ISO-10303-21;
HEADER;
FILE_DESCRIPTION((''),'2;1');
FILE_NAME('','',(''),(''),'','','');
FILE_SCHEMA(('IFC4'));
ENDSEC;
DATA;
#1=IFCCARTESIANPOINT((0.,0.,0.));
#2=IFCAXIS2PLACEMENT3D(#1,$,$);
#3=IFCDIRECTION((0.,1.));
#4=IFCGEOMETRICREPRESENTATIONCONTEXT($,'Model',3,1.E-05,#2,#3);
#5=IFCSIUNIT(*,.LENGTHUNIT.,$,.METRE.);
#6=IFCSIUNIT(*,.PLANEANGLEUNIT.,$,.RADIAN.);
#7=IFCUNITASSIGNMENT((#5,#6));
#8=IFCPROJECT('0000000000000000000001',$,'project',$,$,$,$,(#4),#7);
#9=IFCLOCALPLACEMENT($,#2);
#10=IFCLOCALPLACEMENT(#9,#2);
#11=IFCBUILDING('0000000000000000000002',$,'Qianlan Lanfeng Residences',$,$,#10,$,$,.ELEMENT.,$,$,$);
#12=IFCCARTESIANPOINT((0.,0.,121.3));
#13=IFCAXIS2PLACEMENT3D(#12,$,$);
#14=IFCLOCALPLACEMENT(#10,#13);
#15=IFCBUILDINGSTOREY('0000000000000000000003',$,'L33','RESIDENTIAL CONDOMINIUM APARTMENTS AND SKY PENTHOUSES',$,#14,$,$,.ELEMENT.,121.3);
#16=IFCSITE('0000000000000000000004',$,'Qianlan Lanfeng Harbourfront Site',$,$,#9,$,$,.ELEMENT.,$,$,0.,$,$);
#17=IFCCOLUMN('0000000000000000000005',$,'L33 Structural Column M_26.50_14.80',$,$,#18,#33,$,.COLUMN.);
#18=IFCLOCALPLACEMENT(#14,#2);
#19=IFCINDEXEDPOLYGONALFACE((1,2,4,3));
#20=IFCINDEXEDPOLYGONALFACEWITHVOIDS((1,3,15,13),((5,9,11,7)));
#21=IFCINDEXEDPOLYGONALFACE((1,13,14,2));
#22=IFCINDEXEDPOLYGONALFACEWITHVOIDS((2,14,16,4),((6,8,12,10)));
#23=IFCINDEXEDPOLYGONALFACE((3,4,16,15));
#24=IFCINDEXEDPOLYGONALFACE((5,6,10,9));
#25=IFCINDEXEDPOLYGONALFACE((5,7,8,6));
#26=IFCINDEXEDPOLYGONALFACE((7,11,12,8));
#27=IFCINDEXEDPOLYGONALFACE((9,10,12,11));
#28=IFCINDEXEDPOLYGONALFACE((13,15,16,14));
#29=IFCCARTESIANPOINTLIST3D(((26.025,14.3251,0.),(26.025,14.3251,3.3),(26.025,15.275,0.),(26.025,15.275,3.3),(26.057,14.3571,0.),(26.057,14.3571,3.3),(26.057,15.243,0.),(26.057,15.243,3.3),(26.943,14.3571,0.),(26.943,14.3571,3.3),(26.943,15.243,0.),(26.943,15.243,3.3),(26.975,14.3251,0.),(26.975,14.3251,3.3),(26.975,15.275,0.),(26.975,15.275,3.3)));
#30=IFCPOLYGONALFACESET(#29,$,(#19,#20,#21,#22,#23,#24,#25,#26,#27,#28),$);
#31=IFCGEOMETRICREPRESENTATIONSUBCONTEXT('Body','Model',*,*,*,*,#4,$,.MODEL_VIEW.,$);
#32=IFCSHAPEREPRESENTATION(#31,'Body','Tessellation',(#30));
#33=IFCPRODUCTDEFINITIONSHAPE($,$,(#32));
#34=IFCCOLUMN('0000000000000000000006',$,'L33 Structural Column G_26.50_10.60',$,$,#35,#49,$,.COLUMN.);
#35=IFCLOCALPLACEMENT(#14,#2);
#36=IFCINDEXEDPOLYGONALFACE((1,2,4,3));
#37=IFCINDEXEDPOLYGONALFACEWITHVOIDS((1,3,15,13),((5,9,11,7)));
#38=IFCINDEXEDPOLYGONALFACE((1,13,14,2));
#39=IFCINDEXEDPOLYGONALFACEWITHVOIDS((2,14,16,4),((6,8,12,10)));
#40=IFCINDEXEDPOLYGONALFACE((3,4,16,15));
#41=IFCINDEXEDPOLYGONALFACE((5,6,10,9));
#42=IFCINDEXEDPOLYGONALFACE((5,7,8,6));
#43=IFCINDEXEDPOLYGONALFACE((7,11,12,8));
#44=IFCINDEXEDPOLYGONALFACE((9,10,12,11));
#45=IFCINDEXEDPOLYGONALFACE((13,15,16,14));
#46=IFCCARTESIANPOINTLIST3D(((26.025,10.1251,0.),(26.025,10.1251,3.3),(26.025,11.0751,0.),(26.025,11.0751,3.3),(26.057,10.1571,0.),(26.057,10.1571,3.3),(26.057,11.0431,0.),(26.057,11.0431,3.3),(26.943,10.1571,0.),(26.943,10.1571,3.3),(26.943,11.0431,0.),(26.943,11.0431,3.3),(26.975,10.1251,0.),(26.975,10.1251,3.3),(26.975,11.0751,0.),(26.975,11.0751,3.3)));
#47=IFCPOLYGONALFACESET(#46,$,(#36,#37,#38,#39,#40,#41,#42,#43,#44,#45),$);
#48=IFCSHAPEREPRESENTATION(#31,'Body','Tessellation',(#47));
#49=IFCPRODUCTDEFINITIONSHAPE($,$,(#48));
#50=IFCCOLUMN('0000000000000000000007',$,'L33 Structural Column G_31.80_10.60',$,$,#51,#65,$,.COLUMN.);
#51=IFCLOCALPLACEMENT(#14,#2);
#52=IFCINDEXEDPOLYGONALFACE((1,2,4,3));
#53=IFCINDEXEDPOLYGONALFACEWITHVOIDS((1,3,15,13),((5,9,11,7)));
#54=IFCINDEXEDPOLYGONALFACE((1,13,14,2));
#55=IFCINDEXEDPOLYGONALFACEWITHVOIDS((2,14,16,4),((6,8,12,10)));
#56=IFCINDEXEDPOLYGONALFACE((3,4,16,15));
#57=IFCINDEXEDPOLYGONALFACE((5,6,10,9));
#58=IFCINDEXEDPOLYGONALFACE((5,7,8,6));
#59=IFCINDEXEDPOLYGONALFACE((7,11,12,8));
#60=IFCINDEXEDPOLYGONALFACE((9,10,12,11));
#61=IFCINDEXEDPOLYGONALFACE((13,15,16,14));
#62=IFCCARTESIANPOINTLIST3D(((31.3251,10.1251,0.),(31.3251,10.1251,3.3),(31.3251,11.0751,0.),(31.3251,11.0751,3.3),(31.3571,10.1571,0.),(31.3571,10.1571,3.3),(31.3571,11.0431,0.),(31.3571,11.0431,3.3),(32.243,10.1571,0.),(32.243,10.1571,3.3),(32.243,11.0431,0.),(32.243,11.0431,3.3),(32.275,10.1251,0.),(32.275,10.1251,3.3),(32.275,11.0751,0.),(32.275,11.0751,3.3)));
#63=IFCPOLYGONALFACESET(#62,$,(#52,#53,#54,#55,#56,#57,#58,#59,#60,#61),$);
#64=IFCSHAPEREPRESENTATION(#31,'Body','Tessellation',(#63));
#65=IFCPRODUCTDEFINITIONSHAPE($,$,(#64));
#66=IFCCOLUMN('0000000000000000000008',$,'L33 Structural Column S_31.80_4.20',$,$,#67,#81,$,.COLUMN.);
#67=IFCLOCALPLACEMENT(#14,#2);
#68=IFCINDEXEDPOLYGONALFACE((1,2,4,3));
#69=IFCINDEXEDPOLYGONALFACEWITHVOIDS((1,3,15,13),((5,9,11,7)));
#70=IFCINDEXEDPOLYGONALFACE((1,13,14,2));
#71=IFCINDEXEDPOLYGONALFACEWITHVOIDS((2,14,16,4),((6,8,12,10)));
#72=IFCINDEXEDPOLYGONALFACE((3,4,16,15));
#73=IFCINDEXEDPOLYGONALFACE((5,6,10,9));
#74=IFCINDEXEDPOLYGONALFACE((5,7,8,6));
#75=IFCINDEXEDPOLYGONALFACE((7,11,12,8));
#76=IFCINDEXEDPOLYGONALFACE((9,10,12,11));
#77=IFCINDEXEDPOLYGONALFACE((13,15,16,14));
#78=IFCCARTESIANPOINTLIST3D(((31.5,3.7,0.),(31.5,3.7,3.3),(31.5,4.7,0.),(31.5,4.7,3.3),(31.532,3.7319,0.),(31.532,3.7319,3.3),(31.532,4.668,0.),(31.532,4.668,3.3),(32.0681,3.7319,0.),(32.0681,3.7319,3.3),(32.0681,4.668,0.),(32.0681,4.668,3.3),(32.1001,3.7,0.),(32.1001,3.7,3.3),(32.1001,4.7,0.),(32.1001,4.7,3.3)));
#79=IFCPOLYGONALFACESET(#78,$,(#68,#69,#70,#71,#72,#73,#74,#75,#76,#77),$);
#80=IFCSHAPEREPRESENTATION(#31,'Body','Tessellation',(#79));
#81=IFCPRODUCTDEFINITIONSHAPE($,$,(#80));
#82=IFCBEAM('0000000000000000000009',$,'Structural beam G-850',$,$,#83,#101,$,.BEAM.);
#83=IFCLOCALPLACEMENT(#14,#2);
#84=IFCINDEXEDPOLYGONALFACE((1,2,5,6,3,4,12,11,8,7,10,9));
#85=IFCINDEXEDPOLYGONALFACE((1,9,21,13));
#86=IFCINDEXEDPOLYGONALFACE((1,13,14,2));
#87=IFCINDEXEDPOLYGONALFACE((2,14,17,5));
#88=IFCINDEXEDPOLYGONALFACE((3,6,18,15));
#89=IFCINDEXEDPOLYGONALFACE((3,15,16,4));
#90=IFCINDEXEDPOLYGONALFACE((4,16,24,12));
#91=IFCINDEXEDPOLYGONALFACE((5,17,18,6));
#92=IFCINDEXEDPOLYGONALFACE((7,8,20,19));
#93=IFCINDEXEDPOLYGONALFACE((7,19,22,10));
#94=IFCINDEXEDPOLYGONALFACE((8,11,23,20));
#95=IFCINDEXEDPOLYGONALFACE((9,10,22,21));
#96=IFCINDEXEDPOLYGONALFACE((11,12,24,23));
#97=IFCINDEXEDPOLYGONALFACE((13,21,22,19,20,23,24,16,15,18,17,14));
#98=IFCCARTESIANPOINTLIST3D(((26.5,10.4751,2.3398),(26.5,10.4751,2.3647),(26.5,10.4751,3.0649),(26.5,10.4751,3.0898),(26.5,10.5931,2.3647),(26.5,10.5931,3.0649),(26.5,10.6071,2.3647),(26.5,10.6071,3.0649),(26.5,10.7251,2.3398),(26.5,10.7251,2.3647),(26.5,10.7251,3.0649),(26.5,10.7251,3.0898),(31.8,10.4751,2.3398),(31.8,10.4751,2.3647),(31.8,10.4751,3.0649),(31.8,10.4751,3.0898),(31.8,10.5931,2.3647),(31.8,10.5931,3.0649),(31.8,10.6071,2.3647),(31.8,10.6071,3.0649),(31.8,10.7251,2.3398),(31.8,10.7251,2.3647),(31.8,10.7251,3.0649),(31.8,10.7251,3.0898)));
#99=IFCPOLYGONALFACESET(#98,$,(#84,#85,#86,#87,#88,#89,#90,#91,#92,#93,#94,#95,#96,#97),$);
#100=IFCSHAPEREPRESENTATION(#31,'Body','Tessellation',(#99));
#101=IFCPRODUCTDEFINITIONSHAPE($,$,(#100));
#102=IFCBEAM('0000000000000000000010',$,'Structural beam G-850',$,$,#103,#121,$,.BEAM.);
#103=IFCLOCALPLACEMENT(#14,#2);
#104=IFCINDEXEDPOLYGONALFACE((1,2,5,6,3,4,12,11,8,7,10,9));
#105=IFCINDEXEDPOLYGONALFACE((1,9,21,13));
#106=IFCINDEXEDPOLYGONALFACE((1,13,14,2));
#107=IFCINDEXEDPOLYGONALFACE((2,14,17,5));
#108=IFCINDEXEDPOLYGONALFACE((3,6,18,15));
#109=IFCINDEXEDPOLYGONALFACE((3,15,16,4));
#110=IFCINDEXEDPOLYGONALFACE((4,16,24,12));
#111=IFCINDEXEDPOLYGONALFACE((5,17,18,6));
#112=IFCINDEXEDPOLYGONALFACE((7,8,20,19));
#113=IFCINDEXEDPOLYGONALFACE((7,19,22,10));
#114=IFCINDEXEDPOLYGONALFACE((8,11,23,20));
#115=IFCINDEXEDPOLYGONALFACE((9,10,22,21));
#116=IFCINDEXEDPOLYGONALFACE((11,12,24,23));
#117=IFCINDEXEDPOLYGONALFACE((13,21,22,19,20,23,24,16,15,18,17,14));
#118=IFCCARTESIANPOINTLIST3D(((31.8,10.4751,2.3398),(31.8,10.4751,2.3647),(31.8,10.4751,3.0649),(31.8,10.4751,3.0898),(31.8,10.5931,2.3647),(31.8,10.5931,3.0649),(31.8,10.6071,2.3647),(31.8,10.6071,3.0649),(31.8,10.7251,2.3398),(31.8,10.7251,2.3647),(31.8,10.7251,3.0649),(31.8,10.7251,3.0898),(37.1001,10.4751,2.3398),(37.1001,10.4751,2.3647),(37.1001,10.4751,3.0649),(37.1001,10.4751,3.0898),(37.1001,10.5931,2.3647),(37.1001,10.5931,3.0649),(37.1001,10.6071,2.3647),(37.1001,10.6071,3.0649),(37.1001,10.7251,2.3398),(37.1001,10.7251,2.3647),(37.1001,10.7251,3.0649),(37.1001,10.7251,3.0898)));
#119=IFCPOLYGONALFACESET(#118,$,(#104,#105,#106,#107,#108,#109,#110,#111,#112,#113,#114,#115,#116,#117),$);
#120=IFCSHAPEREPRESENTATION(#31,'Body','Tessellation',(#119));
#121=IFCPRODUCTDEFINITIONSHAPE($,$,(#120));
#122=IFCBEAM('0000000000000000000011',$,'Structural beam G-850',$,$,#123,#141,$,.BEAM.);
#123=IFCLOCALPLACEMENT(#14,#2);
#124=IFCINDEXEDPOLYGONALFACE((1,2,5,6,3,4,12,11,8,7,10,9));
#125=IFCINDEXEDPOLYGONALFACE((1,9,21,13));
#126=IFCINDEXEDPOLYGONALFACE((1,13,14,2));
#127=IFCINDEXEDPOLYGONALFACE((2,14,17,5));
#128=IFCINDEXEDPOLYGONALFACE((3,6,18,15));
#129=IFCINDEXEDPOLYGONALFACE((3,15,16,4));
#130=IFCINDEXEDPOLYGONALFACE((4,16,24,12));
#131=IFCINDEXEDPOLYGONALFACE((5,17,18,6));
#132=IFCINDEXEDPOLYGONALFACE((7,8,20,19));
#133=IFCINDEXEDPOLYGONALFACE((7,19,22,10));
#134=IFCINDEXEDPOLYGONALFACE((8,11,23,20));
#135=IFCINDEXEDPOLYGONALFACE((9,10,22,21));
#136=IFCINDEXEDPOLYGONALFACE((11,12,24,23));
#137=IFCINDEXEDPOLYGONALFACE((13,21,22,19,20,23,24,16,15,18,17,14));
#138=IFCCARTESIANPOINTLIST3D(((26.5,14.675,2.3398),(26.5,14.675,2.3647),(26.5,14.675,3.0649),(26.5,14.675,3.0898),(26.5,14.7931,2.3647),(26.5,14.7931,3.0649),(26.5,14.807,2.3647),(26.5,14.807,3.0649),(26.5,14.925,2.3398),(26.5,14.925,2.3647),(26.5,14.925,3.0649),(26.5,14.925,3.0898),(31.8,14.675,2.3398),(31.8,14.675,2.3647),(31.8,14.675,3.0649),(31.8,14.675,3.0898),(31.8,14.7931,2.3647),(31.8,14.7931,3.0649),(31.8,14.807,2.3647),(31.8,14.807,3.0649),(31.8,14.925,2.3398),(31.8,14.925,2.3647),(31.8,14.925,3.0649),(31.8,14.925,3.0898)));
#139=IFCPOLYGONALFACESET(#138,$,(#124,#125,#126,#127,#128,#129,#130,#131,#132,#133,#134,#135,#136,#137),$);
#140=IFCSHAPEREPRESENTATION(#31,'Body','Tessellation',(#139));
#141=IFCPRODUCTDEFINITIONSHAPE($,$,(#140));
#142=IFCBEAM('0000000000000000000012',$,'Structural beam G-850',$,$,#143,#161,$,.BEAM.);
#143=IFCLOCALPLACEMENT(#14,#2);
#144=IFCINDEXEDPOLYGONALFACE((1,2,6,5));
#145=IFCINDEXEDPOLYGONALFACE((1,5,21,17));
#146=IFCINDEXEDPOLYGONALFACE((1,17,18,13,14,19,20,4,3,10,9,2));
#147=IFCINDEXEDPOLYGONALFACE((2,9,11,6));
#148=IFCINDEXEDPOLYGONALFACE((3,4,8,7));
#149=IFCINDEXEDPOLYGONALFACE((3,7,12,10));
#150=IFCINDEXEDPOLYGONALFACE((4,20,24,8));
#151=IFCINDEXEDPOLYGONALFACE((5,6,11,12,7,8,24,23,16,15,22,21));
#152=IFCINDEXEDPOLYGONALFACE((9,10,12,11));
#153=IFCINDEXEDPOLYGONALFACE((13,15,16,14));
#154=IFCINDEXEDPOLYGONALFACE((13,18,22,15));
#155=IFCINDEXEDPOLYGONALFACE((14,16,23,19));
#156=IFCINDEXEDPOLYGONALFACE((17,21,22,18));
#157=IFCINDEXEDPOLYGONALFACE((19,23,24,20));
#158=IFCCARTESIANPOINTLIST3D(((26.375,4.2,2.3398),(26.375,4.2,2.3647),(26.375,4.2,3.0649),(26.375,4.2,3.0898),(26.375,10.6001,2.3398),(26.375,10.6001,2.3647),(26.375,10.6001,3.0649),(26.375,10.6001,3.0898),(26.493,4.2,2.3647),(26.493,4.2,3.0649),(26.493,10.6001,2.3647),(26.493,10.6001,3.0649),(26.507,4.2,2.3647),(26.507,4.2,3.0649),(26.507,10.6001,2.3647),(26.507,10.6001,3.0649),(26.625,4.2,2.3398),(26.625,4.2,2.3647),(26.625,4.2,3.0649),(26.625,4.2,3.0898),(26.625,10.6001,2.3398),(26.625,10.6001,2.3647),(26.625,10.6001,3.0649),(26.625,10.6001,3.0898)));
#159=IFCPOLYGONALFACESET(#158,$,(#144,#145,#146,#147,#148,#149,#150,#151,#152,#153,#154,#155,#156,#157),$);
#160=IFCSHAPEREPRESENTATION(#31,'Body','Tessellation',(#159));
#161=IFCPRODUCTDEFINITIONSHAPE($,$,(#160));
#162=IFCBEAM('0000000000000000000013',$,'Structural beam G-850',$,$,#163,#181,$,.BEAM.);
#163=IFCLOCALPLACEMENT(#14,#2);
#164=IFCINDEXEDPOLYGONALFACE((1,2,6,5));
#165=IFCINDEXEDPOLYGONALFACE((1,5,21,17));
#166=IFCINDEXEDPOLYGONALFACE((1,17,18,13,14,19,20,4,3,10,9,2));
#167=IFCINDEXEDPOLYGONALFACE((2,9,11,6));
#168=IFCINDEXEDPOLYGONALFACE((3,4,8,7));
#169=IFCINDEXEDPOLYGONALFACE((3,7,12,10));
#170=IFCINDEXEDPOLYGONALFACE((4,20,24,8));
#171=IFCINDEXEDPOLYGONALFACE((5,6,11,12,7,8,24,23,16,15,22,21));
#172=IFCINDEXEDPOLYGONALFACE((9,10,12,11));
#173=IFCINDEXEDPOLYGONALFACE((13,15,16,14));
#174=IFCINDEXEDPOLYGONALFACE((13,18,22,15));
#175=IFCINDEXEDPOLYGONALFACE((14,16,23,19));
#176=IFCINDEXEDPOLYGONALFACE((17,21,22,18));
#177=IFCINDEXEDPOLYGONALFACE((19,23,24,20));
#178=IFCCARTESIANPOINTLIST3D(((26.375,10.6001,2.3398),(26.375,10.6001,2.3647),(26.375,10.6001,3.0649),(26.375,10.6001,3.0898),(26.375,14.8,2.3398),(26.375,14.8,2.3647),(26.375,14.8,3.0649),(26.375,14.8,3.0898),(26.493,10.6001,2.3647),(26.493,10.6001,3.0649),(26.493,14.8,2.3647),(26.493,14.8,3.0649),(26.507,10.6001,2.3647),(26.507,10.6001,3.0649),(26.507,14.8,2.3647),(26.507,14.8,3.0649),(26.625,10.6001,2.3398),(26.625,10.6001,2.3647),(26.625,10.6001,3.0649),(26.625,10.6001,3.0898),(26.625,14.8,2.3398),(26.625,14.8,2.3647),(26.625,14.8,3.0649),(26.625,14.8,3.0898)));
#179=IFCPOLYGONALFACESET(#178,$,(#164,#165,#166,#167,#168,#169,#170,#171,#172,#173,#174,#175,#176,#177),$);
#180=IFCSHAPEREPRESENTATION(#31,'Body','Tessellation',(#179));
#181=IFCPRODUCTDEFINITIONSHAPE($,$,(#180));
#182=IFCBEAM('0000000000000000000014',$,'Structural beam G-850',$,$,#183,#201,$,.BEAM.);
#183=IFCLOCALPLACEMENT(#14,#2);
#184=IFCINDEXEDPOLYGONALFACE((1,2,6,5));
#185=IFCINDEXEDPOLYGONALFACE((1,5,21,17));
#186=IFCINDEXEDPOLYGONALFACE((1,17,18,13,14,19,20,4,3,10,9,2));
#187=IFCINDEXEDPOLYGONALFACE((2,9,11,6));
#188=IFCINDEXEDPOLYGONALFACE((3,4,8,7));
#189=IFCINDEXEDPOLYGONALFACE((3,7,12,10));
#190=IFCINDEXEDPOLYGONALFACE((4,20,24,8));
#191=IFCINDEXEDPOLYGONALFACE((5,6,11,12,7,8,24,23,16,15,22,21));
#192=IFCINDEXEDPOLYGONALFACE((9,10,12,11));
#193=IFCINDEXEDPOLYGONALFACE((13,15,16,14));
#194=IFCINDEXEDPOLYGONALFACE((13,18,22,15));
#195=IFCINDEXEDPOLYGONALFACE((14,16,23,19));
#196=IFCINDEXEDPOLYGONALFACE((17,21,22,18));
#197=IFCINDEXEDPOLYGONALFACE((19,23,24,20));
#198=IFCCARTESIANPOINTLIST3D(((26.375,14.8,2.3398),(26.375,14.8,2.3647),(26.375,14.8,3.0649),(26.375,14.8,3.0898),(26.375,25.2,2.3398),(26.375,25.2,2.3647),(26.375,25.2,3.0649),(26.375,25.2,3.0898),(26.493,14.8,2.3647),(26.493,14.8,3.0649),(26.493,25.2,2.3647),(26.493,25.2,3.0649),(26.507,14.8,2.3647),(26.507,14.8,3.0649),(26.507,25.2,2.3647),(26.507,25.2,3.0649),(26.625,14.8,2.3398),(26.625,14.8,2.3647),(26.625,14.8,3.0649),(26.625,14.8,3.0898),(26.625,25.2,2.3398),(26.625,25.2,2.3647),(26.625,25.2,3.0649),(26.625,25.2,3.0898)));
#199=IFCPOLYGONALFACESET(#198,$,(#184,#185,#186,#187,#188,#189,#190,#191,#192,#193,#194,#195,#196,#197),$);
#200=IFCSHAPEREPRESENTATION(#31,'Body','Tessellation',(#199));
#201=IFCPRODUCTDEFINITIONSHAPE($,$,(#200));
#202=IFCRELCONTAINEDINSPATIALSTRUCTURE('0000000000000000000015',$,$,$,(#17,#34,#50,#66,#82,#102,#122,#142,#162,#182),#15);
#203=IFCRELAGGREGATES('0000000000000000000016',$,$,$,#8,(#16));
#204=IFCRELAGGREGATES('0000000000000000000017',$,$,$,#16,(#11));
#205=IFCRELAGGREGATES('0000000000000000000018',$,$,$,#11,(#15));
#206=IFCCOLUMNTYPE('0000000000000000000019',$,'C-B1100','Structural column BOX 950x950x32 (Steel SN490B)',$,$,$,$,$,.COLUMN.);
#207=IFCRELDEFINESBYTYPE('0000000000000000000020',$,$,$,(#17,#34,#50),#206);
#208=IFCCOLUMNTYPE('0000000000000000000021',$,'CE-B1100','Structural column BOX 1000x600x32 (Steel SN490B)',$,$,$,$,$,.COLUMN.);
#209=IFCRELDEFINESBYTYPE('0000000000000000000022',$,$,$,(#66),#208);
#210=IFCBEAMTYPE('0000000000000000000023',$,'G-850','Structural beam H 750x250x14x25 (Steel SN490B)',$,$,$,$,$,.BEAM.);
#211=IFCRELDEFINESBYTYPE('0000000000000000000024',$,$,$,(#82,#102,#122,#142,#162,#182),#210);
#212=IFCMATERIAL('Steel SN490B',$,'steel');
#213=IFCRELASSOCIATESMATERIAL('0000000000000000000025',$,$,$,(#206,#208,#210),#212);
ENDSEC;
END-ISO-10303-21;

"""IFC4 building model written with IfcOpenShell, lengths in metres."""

from ifc_helpers import new_model, si_unit, direction, frame, origin, origin_2d, place, context, subcontext, project, spatial, hollow_rectangle, i_section, extrude, material, material_profile, profile_set, type_object, element, save


model = new_model("IFC4")

# Units and contexts
model_context = context("Model", 3, precision=1e-05, world=origin(), true_north=direction((0.0, 1.0)))
body_context = subcontext(model_context, "Body", "Model", "MODEL_VIEW")
ifc_project = project(units=[si_unit("LENGTHUNIT", "METRE"), si_unit("PLANEANGLEUNIT", "RADIAN")], contexts=[model_context])

# Site, building, storey
site_placement = place(None, origin())
site = spatial("IfcSite", under=ifc_project, at=site_placement, Name="Qianlan Lanfeng Harbourfront Site", CompositionType="ELEMENT", RefElevation=0.0)
building_placement = place(site_placement, origin())
building = spatial("IfcBuilding", under=site, at=building_placement, Name="Qianlan Lanfeng Residences", CompositionType="ELEMENT")
storey_placement = place(building_placement, frame((0.0, 0.0, 121.3)))
storey = spatial("IfcBuildingStorey", under=building, at=storey_placement, Name="L33", Description="RESIDENTIAL CONDOMINIUM APARTMENTS AND SKY PENTHOUSES", CompositionType="ELEMENT", Elevation=121.3)

# Columns
ifc_material_1 = material(Name="Steel SN490B", Category="steel")
ifc_material_profile_1 = material_profile(ifc_material_1, hollow_rectangle(XDim=0.95, YDim=0.95, WallThickness=0.032, at=origin_2d()), Name="BOX 950x950x32")
ifc_profile_set_1 = profile_set([ifc_material_profile_1], Name="Steel SN490B")
column_type_1 = type_object("IfcColumnType", Name="C-B1100", Description="Structural column BOX 950x950x32 (Steel SN490B)", PredefinedType="COLUMN", material=ifc_profile_set_1)
for number, where, z_axis, x_axis, name in (
    (1, (26.5, 14.8, 0.0), (0.0, 0.0, 1.0), (1.0, 0.0, 0.0), "L33 Structural Column M_26.50_14.80"),
    (2, (26.5, 10.6001, 0.0), (0.0, 0.0, 1.0), (1.0, 0.0, 0.0), "L33 Structural Column G_26.50_10.60"),
    (3, (31.8, 10.6001, 0.0), (0.0, 0.0, 1.0), (1.0, 0.0, 0.0), "L33 Structural Column G_31.80_10.60"),
):
    element("IfcColumn", number, at=place(storey_placement, frame(where, z_axis=z_axis, x_axis=x_axis)), inside=storey, type_object=column_type_1, Name=name, PredefinedType="COLUMN", context=body_context, shape_type="SweptSolid", body=[
        extrude(hollow_rectangle(XDim=0.95, YDim=0.95, WallThickness=0.032, at=origin_2d()), origin(), (0.0, 0.0, 1.0), 3.3),
    ])
ifc_material_profile_2 = material_profile(ifc_material_1, hollow_rectangle(XDim=0.6001, YDim=1.0, WallThickness=0.032, at=origin_2d()), Name="BOX 1000x600x32")
ifc_profile_set_2 = profile_set([ifc_material_profile_2], Name="Steel SN490B")
column_type_2 = type_object("IfcColumnType", Name="CE-B1100", Description="Structural column BOX 1000x600x32 (Steel SN490B)", PredefinedType="COLUMN", material=ifc_profile_set_2)
column_placement = place(storey_placement, frame((31.8, 4.2, 0.0), z_axis=(0.0, 0.0, 1.0), x_axis=(1.0, 0.0, 0.0)))
element("IfcColumn", 4, at=column_placement, inside=storey, type_object=column_type_2, Name="L33 Structural Column S_31.80_4.20", PredefinedType="COLUMN", context=body_context, shape_type="SweptSolid", body=[
    extrude(hollow_rectangle(XDim=0.6001, YDim=1.0, WallThickness=0.032, at=origin_2d()), origin(), (0.0, 0.0, 1.0), 3.3),
])

# Beams
ifc_material_profile_3 = material_profile(ifc_material_1, i_section(OverallWidth=0.25, OverallDepth=0.75, WebThickness=0.0139, FlangeThickness=0.0249, at=origin_2d()), Name="H 750x250x14x25")
ifc_profile_set_3 = profile_set([ifc_material_profile_3], Name="Steel SN490B")
beam_type_1 = type_object("IfcBeamType", Name="G-850", Description="Structural beam H 750x250x14x25 (Steel SN490B)", PredefinedType="BEAM", material=ifc_profile_set_3)
for number, where, z_axis, x_axis, name in (
    (5, (26.5, 10.6001, 2.7148), (1.0, 0.0, 0.0), (0.0, 1.0, 0.0), "Structural beam G-850"),
    (6, (31.8, 10.6001, 2.7148), (1.0, 0.0, 0.0), (0.0, 1.0, 0.0), "Structural beam G-850"),
    (7, (26.5, 14.8, 2.7148), (1.0, 0.0, 0.0), (0.0, 1.0, 0.0), "Structural beam G-850"),
):
    element("IfcBeam", number, at=place(storey_placement, frame(where, z_axis=z_axis, x_axis=x_axis)), inside=storey, type_object=beam_type_1, Name=name, PredefinedType="BEAM", context=body_context, shape_type="SweptSolid", body=[
        extrude(i_section(OverallWidth=0.25, OverallDepth=0.75, WebThickness=0.0139, FlangeThickness=0.0249, at=origin_2d()), origin(), (0.0, 0.0, 1.0), 5.3),
    ])
beam_1_placement = place(storey_placement, frame((26.5, 4.2, 2.7148), z_axis=(0.0, 1.0, 0.0), x_axis=(-1.0, 0.0, 0.0)))
element("IfcBeam", 8, at=beam_1_placement, inside=storey, type_object=beam_type_1, Name="Structural beam G-850", PredefinedType="BEAM", context=body_context, shape_type="SweptSolid", body=[
    extrude(i_section(OverallWidth=0.25, OverallDepth=0.75, WebThickness=0.0139, FlangeThickness=0.0249, at=origin_2d()), origin(), (0.0, 0.0, 1.0), 6.4001),
])
beam_2_placement = place(storey_placement, frame((26.5, 10.6001, 2.7148), z_axis=(0.0, 1.0, 0.0), x_axis=(-1.0, 0.0, 0.0)))
element("IfcBeam", 9, at=beam_2_placement, inside=storey, type_object=beam_type_1, Name="Structural beam G-850", PredefinedType="BEAM", context=body_context, shape_type="SweptSolid", body=[
    extrude(i_section(OverallWidth=0.25, OverallDepth=0.75, WebThickness=0.0139, FlangeThickness=0.0249, at=origin_2d()), origin(), (0.0, 0.0, 1.0), 4.2),
])
beam_3_placement = place(storey_placement, frame((26.5, 14.8, 2.7148), z_axis=(0.0, 1.0, 0.0), x_axis=(-1.0, 0.0, 0.0)))
element("IfcBeam", 10, at=beam_3_placement, inside=storey, type_object=beam_type_1, Name="Structural beam G-850", PredefinedType="BEAM", context=body_context, shape_type="SweptSolid", body=[
    extrude(i_section(OverallWidth=0.25, OverallDepth=0.75, WebThickness=0.0139, FlangeThickness=0.0249, at=origin_2d()), origin(), (0.0, 0.0, 1.0), 10.3999),
])

save(model, "model.ifc")
